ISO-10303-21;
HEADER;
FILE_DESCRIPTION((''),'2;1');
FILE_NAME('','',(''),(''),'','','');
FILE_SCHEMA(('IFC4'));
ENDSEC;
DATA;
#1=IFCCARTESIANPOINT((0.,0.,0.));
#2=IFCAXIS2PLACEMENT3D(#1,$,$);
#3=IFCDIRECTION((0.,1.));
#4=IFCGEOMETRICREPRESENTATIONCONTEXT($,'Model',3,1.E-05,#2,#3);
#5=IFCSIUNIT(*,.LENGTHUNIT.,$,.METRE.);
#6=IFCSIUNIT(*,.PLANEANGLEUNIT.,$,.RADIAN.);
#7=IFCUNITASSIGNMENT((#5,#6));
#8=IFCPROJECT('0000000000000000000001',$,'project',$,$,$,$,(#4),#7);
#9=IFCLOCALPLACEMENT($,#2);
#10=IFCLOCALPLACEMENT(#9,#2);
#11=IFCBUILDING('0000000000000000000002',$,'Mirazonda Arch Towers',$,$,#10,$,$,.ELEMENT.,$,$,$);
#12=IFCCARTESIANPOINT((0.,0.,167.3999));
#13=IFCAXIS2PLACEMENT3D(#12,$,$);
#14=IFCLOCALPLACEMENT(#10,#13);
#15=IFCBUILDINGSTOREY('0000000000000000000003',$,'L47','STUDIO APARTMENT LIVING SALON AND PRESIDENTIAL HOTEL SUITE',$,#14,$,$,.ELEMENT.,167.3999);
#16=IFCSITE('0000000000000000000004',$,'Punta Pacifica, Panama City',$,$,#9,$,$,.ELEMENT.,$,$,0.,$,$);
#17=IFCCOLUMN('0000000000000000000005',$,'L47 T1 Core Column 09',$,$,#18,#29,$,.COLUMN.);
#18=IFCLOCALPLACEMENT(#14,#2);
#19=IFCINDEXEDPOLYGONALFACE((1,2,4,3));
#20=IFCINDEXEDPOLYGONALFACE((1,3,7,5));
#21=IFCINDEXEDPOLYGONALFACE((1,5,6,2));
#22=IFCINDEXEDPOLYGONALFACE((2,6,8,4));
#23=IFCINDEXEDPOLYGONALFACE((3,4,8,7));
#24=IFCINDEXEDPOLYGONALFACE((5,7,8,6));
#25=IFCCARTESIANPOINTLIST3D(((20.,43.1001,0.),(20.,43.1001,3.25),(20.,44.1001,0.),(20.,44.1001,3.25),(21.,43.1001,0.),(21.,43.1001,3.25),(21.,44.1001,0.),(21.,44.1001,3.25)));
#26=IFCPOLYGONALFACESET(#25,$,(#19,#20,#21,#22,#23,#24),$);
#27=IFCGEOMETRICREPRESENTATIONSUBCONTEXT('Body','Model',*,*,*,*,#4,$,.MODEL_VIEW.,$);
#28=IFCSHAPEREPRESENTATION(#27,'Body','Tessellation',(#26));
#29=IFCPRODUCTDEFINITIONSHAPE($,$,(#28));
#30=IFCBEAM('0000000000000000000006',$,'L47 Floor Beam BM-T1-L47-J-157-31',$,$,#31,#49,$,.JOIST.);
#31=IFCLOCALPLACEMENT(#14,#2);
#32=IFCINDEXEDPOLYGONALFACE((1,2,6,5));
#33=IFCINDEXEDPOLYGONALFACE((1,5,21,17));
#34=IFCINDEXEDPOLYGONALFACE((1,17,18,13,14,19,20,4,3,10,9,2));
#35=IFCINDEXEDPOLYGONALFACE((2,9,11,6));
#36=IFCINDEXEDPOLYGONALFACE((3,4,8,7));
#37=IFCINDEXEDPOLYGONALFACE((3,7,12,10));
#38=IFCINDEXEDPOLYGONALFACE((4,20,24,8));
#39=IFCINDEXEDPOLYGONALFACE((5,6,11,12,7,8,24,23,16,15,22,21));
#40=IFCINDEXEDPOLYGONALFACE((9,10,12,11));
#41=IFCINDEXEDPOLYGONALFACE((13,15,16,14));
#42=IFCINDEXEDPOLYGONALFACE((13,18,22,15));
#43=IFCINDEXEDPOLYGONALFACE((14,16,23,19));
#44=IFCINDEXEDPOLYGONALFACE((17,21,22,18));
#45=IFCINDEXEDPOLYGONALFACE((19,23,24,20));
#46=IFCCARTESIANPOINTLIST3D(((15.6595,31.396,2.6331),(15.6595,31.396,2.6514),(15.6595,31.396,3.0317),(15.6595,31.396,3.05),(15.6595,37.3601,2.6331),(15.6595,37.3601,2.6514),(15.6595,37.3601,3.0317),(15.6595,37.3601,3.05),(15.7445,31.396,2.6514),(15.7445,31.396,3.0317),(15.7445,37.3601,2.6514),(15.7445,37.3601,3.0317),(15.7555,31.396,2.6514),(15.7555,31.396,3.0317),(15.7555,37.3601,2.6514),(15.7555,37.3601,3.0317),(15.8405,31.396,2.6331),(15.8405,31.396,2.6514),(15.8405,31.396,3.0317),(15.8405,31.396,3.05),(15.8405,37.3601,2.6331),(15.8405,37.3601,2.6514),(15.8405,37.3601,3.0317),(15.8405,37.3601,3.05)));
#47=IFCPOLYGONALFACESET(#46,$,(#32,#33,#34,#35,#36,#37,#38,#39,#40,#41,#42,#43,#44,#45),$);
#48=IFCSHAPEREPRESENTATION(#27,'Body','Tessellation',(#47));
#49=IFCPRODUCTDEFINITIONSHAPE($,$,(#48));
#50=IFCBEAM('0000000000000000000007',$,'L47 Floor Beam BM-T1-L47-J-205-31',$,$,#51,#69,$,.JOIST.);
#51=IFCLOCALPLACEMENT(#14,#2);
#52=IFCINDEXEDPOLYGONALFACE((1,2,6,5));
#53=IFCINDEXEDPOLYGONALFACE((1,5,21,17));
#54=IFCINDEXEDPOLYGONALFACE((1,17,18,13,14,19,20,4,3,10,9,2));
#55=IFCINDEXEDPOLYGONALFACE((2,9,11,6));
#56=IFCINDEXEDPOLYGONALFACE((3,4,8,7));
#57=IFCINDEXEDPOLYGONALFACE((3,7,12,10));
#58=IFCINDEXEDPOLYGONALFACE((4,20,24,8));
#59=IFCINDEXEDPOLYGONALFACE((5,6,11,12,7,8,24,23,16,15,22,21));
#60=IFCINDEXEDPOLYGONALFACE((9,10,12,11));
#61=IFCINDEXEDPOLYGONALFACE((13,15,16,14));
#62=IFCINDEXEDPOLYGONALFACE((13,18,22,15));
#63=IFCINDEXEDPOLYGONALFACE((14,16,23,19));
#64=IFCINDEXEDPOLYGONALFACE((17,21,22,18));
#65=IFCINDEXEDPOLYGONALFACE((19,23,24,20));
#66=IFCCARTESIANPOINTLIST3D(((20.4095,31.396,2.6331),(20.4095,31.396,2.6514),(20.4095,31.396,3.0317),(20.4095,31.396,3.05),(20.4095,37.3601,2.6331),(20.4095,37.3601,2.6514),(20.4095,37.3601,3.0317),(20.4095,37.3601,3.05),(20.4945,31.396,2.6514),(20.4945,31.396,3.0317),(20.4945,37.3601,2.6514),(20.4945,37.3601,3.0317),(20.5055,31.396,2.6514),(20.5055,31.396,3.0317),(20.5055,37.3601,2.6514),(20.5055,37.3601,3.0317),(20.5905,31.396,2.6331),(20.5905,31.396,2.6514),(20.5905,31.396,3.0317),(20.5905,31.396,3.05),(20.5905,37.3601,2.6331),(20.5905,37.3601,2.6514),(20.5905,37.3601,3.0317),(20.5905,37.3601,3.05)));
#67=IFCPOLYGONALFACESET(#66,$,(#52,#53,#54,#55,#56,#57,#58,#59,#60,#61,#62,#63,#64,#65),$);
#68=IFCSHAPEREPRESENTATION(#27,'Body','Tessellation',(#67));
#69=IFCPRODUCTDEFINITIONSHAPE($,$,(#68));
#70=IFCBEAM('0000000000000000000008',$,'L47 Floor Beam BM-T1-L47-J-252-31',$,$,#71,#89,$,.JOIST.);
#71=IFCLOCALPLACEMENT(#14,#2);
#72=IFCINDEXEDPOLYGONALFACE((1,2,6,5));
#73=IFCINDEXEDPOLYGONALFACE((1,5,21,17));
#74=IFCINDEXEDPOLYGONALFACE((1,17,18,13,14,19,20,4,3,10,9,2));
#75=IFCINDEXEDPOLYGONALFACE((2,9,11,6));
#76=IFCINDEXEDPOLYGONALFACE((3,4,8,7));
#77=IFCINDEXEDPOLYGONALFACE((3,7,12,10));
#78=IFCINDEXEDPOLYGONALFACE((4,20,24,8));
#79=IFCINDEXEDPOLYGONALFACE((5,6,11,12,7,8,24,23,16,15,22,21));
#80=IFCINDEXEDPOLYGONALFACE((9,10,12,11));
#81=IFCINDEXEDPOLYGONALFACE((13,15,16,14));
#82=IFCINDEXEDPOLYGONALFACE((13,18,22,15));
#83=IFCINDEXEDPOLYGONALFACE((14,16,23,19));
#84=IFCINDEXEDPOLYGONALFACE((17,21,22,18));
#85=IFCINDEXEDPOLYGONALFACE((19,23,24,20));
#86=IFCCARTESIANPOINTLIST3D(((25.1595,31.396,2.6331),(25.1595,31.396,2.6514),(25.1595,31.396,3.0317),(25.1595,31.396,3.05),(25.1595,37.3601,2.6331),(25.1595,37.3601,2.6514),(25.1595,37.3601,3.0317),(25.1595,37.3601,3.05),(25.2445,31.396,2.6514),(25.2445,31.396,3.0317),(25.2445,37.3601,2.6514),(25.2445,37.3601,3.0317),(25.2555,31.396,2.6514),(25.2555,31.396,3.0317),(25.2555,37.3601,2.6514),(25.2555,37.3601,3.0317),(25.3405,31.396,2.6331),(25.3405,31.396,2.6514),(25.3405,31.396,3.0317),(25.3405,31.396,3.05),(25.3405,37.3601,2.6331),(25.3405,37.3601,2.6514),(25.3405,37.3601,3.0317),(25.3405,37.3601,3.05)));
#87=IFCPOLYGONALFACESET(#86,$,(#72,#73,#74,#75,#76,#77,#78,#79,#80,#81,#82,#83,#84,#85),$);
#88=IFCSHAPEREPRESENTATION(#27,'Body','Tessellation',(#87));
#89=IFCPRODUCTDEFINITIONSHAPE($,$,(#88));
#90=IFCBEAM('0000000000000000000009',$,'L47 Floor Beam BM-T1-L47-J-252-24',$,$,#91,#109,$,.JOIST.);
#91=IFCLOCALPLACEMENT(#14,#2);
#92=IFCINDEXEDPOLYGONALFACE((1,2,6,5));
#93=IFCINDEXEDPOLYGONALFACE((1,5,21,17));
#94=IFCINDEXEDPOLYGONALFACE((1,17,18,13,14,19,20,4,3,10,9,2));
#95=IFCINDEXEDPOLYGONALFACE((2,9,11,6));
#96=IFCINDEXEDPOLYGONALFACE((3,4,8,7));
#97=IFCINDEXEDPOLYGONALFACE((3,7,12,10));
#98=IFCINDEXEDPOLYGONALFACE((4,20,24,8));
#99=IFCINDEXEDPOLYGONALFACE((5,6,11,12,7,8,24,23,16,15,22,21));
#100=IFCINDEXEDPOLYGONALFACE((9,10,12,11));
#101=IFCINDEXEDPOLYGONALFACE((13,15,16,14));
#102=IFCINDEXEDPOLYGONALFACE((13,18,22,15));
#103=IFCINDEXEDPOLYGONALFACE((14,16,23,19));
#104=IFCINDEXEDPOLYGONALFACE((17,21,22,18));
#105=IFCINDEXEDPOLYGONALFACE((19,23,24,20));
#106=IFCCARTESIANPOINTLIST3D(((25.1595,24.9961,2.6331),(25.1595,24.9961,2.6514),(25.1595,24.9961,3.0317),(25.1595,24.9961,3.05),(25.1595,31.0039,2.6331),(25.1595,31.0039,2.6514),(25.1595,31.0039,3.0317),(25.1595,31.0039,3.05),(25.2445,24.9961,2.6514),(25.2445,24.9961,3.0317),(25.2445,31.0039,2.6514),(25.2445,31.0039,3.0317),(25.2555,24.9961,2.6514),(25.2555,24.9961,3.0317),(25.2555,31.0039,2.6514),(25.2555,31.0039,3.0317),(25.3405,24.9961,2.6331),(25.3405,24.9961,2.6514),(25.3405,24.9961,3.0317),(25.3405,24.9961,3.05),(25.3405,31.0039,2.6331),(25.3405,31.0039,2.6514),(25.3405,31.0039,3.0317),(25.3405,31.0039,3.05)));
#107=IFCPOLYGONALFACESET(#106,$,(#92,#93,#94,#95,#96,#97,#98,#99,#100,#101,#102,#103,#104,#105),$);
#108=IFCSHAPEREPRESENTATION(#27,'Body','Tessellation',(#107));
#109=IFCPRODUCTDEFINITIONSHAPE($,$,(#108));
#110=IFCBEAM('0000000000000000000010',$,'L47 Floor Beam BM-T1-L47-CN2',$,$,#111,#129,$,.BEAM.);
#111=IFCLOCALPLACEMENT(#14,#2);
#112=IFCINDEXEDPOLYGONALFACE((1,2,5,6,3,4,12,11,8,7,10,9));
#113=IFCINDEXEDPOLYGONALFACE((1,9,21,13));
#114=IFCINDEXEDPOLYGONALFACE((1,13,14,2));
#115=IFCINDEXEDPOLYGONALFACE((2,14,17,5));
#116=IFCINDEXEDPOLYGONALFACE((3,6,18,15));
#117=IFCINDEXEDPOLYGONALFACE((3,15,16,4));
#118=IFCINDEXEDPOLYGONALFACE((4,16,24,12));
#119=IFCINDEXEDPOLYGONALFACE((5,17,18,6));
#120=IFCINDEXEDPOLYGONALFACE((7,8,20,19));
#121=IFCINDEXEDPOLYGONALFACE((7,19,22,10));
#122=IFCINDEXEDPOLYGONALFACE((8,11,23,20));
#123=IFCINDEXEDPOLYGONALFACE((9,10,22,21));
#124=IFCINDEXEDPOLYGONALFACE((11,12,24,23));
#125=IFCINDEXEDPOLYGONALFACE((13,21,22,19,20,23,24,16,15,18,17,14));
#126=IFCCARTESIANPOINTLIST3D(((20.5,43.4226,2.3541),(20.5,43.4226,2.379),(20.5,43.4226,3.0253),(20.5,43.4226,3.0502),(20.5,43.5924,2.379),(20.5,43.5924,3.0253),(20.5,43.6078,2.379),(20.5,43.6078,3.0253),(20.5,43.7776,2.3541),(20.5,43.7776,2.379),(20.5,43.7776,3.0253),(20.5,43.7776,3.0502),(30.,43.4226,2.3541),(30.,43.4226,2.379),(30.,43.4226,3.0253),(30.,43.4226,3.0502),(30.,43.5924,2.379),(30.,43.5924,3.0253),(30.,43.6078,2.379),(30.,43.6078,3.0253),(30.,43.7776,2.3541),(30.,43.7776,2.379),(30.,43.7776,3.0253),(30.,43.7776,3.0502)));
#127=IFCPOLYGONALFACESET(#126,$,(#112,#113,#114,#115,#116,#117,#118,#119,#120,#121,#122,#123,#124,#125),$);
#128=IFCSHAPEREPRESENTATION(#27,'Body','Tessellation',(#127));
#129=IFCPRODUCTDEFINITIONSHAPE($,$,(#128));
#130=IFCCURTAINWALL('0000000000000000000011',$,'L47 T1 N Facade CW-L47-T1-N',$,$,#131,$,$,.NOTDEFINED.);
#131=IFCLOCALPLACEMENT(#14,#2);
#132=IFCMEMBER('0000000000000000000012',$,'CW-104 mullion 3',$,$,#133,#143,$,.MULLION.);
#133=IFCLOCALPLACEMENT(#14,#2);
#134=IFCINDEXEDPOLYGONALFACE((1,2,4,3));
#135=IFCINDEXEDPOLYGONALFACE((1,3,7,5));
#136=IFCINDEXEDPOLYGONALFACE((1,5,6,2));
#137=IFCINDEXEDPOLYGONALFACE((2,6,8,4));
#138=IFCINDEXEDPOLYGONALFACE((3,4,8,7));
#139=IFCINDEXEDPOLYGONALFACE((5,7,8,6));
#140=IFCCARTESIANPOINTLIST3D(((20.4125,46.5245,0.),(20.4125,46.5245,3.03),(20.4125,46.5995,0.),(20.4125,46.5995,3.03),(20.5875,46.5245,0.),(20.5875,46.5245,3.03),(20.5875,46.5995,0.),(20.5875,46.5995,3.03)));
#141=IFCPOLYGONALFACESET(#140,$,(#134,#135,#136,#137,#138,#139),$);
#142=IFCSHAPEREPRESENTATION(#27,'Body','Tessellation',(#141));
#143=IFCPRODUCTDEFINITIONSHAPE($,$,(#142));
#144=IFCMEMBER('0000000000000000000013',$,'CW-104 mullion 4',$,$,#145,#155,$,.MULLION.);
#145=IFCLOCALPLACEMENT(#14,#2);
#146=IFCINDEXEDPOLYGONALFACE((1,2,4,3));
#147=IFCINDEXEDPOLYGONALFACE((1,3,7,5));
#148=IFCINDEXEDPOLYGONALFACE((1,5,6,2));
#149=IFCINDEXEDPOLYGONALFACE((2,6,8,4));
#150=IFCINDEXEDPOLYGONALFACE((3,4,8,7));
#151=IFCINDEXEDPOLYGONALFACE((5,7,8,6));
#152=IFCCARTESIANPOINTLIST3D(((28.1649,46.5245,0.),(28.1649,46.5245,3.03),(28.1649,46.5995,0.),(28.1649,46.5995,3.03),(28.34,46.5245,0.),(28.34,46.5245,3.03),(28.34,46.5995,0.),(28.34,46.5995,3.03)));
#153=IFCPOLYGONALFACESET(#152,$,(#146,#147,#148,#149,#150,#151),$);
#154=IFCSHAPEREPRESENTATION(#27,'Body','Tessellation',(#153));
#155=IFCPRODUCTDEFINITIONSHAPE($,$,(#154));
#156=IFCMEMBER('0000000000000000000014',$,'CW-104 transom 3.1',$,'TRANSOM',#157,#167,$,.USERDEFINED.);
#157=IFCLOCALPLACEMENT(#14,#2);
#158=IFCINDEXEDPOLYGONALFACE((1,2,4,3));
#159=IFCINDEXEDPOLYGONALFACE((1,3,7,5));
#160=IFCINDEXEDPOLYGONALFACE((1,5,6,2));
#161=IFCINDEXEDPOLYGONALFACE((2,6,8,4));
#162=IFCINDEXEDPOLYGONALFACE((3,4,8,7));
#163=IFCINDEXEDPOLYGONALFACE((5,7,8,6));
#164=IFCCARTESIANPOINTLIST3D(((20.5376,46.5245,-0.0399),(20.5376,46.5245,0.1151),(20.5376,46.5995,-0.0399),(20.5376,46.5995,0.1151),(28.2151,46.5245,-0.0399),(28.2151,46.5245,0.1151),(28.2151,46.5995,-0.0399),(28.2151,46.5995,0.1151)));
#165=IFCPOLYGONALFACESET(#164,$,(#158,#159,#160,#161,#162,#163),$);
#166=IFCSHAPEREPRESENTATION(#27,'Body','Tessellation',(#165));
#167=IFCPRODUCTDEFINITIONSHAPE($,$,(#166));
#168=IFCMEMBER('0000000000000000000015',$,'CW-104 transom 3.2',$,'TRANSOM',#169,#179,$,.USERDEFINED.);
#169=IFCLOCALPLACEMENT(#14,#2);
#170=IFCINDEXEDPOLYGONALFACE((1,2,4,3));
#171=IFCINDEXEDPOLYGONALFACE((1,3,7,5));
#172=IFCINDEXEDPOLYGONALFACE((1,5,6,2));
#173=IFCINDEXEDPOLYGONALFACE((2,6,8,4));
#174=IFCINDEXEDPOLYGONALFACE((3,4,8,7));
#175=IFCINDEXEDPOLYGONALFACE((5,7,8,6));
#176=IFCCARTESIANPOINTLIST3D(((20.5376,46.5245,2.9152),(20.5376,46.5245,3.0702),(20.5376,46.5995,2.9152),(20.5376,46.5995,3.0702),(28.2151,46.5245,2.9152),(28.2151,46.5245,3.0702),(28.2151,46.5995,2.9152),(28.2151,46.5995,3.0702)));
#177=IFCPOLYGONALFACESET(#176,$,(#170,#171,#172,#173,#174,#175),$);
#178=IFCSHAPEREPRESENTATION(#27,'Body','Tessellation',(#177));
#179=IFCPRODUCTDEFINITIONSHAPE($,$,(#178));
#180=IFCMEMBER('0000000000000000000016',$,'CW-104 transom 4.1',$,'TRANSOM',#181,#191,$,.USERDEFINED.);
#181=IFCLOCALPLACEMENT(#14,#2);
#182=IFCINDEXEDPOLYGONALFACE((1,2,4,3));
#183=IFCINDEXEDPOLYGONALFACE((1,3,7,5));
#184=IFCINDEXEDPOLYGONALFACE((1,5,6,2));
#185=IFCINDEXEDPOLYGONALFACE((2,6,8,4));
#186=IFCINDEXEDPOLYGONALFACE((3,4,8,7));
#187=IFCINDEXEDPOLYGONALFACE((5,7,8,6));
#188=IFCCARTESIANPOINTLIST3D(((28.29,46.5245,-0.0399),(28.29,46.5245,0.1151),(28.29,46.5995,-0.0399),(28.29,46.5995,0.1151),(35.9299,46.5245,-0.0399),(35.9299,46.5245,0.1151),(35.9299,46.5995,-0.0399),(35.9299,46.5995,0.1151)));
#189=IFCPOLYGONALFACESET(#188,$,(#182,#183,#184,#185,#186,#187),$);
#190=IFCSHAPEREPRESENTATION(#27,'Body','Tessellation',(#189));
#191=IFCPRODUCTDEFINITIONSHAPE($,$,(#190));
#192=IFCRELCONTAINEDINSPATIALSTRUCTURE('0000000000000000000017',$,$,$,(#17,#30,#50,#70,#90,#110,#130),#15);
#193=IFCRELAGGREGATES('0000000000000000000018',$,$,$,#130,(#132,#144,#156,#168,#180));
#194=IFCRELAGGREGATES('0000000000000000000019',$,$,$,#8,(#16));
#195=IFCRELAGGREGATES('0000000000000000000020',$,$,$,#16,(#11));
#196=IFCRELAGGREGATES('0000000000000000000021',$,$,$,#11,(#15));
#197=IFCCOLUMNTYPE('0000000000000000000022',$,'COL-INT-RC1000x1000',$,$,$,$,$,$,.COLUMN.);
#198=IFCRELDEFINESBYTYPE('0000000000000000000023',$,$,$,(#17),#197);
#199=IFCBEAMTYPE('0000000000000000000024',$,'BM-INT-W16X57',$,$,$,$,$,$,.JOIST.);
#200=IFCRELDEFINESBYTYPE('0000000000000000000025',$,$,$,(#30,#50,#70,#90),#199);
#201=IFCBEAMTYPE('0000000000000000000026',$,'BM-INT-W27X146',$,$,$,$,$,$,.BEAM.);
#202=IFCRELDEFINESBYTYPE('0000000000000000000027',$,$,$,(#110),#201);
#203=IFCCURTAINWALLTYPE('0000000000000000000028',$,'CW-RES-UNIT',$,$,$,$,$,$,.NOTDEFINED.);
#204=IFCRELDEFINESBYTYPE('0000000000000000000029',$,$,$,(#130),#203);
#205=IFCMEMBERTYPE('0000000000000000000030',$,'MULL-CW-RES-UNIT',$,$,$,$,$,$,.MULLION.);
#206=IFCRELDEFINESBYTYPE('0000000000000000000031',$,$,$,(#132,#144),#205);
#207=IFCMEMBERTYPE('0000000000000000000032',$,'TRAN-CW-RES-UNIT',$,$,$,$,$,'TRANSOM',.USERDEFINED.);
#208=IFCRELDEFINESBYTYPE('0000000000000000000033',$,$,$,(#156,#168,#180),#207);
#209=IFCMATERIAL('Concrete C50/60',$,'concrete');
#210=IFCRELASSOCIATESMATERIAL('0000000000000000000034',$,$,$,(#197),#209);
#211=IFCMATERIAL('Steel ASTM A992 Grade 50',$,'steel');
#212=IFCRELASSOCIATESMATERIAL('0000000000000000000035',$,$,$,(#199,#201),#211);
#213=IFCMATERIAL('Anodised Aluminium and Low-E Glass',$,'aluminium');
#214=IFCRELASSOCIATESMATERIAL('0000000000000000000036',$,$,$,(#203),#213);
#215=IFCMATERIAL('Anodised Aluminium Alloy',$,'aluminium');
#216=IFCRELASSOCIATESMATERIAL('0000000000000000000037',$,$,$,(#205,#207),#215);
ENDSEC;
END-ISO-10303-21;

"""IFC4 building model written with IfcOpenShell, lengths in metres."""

from ifc_helpers import new_model, si_unit, direction, frame, origin, origin_2d, place, context, subcontext, project, spatial, rectangle, i_section, extrude, material, material_profile, profile_set, type_object, element, aggregate, save


model = new_model("IFC4")

# Units and contexts
model_context = context("Model", 3, precision=1e-05, world=origin(), true_north=direction((0.0, 1.0)))
body_context = subcontext(model_context, "Body", "Model", "MODEL_VIEW")
ifc_project = project(units=[si_unit("LENGTHUNIT", "METRE"), si_unit("PLANEANGLEUNIT", "RADIAN")], contexts=[model_context])

# Site, building, storey
site_placement = place(None, origin())
site = spatial("IfcSite", under=ifc_project, at=site_placement, Name="Punta Pacifica, Panama City", CompositionType="ELEMENT", RefElevation=0.0)
building_placement = place(site_placement, origin())
building = spatial("IfcBuilding", under=site, at=building_placement, Name="Mirazonda Arch Towers", CompositionType="ELEMENT")
storey_placement = place(building_placement, frame((0.0, 0.0, 167.3999)))
storey = spatial("IfcBuildingStorey", under=building, at=storey_placement, Name="L47", Description="STUDIO APARTMENT LIVING SALON AND PRESIDENTIAL HOTEL SUITE", CompositionType="ELEMENT", Elevation=167.3999)

# Column
ifc_material_1 = material(Name="Concrete C50/60", Category="concrete")
ifc_material_profile_1 = material_profile(ifc_material_1, rectangle(XDim=1.0, YDim=1.0, at=origin_2d()), Name="RC1000x1000")
ifc_profile_set_1 = profile_set([ifc_material_profile_1], Name="Concrete C50/60")
column_type = type_object("IfcColumnType", Name="COL-INT-RC1000x1000", PredefinedType="COLUMN", material=ifc_profile_set_1)
column_placement = place(storey_placement, frame((20.5, 43.6001, 0.0), z_axis=(0.0, 0.0, 1.0), x_axis=(1.0, 0.0, 0.0)))
element("IfcColumn", 1, at=column_placement, inside=storey, type_object=column_type, Name="L47 T1 Core Column 09", PredefinedType="COLUMN", context=body_context, shape_type="SweptSolid", body=[
    extrude(rectangle(XDim=1.0, YDim=1.0, at=origin_2d()), origin(), (0.0, 0.0, 1.0), 3.25),
])

# Beams
ifc_material_2 = material(Name="Steel ASTM A992 Grade 50", Category="steel")
ifc_material_profile_2 = material_profile(ifc_material_2, i_section(OverallWidth=0.1809, OverallDepth=0.417, WebThickness=0.011, FlangeThickness=0.0183, at=origin_2d()), Name="W16X57")
ifc_profile_set_2 = profile_set([ifc_material_profile_2], Name="Steel ASTM A992 Grade 50")
beam_type_1 = type_object("IfcBeamType", Name="BM-INT-W16X57", PredefinedType="JOIST", material=ifc_profile_set_2)
for number, where, z_axis, x_axis, name in (
    (2, (15.75, 31.396, 2.8416), (0.0, 1.0, 0.0), (-1.0, 0.0, 0.0), "L47 Floor Beam BM-T1-L47-J-157-31"),
    (3, (20.5, 31.396, 2.8416), (0.0, 1.0, 0.0), (-1.0, 0.0, 0.0), "L47 Floor Beam BM-T1-L47-J-205-31"),
    (4, (25.25, 31.396, 2.8416), (0.0, 1.0, 0.0), (-1.0, 0.0, 0.0), "L47 Floor Beam BM-T1-L47-J-252-31"),
):
    element("IfcBeam", number, at=place(storey_placement, frame(where, z_axis=z_axis, x_axis=x_axis)), inside=storey, type_object=beam_type_1, Name=name, PredefinedType="JOIST", context=body_context, shape_type="SweptSolid", body=[
        extrude(i_section(OverallWidth=0.1809, OverallDepth=0.417, WebThickness=0.011, FlangeThickness=0.0183, at=origin_2d()), origin(), (0.0, 0.0, 1.0), 5.9641),
    ])
beam_1_placement = place(storey_placement, frame((25.25, 24.9961, 2.8416), z_axis=(0.0, 1.0, 0.0), x_axis=(-1.0, 0.0, 0.0)))
element("IfcBeam", 5, at=beam_1_placement, inside=storey, type_object=beam_type_1, Name="L47 Floor Beam BM-T1-L47-J-252-24", PredefinedType="JOIST", context=body_context, shape_type="SweptSolid", body=[
    extrude(i_section(OverallWidth=0.1809, OverallDepth=0.417, WebThickness=0.011, FlangeThickness=0.0183, at=origin_2d()), origin(), (0.0, 0.0, 1.0), 6.0078),
])
ifc_material_profile_3 = material_profile(ifc_material_2, i_section(OverallWidth=0.355, OverallDepth=0.696, WebThickness=0.0154, FlangeThickness=0.0249, at=origin_2d()), Name="W27X146")
ifc_profile_set_3 = profile_set([ifc_material_profile_3], Name="Steel ASTM A992 Grade 50")
beam_type_2 = type_object("IfcBeamType", Name="BM-INT-W27X146", PredefinedType="BEAM", material=ifc_profile_set_3)
beam_2_placement = place(storey_placement, frame((20.5, 43.6001, 2.7021), z_axis=(1.0, 0.0, 0.0), x_axis=(0.0, 1.0, 0.0)))
element("IfcBeam", 6, at=beam_2_placement, inside=storey, type_object=beam_type_2, Name="L47 Floor Beam BM-T1-L47-CN2", PredefinedType="BEAM", context=body_context, shape_type="SweptSolid", body=[
    extrude(i_section(OverallWidth=0.355, OverallDepth=0.696, WebThickness=0.0154, FlangeThickness=0.0249, at=origin_2d()), origin(), (0.0, 0.0, 1.0), 9.5),
])

# Curtain wall, members
ifc_material_3 = material(Name="Anodised Aluminium and Low-E Glass", Category="aluminium")
curtain_wall_type = type_object("IfcCurtainWallType", Name="CW-RES-UNIT", PredefinedType="NOTDEFINED", material=ifc_material_3)
curtain_wall_placement = place(storey_placement, origin())
curtain_wall = element("IfcCurtainWall", 7, at=curtain_wall_placement, inside=storey, type_object=curtain_wall_type, Name="L47 T1 N Facade CW-L47-T1-N", PredefinedType="NOTDEFINED")
ifc_material_4 = material(Name="Anodised Aluminium Alloy", Category="aluminium")
ifc_material_profile_4 = material_profile(ifc_material_4, rectangle(XDim=0.075, YDim=0.175, at=origin_2d()), Name="ALU-MULL-75x175")
ifc_profile_set_4 = profile_set([ifc_material_profile_4], Name="Anodised Aluminium Alloy")
member_type_1 = type_object("IfcMemberType", Name="MULL-CW-RES-UNIT", PredefinedType="MULLION", material=ifc_profile_set_4)
member_1_placement = place(storey_placement, frame((20.5, 46.562, 0.0), z_axis=(0.0, 0.0, 1.0), x_axis=(0.0, 1.0, 0.0)))
member_1 = element("IfcMember", 8, at=member_1_placement, type_object=member_type_1, Name="CW-104 mullion 3", PredefinedType="MULLION", context=body_context, shape_type="SweptSolid", body=[
    extrude(rectangle(XDim=0.075, YDim=0.175, at=origin_2d()), origin(), (0.0, 0.0, 1.0), 3.03),
])
member_2_placement = place(storey_placement, frame((28.2524, 46.562, 0.0), z_axis=(0.0, 0.0, 1.0), x_axis=(0.0, 1.0, 0.0)))
member_2 = element("IfcMember", 9, at=member_2_placement, type_object=member_type_1, Name="CW-104 mullion 4", PredefinedType="MULLION", context=body_context, shape_type="SweptSolid", body=[
    extrude(rectangle(XDim=0.075, YDim=0.175, at=origin_2d()), origin(), (0.0, 0.0, 1.0), 3.03),
])
ifc_material_profile_5 = material_profile(ifc_material_4, rectangle(XDim=0.075, YDim=0.155, at=origin_2d()), Name="ALU-TRAN-75x155")
ifc_profile_set_5 = profile_set([ifc_material_profile_5], Name="Anodised Aluminium Alloy")
member_type_2 = type_object("IfcMemberType", Name="TRAN-CW-RES-UNIT", ElementType="TRANSOM", PredefinedType="USERDEFINED", material=ifc_profile_set_5)
member_3_placement = place(storey_placement, frame((20.5376, 46.562, 0.0376), z_axis=(1.0, 0.0, 0.0), x_axis=(0.0, 1.0, 0.0)))
member_3 = element("IfcMember", 10, at=member_3_placement, type_object=member_type_2, Name="CW-104 transom 3.1", ObjectType="TRANSOM", PredefinedType="USERDEFINED", context=body_context, shape_type="SweptSolid", body=[
    extrude(rectangle(XDim=0.075, YDim=0.155, at=origin_2d()), origin(), (0.0, 0.0, 1.0), 7.6775),
])
member_4_placement = place(storey_placement, frame((20.5376, 46.562, 2.9927), z_axis=(1.0, 0.0, 0.0), x_axis=(0.0, 1.0, 0.0)))
member_4 = element("IfcMember", 11, at=member_4_placement, type_object=member_type_2, Name="CW-104 transom 3.2", ObjectType="TRANSOM", PredefinedType="USERDEFINED", context=body_context, shape_type="SweptSolid", body=[
    extrude(rectangle(XDim=0.075, YDim=0.155, at=origin_2d()), origin(), (0.0, 0.0, 1.0), 7.6775),
])
member_5_placement = place(storey_placement, frame((28.29, 46.562, 0.0376), z_axis=(1.0, 0.0, 0.0), x_axis=(0.0, 1.0, 0.0)))
member_5 = element("IfcMember", 12, at=member_5_placement, type_object=member_type_2, Name="CW-104 transom 4.1", ObjectType="TRANSOM", PredefinedType="USERDEFINED", context=body_context, shape_type="SweptSolid", body=[
    extrude(rectangle(XDim=0.075, YDim=0.155, at=origin_2d()), origin(), (0.0, 0.0, 1.0), 7.6399),
])
aggregate(curtain_wall, [member_1, member_2, member_3, member_4, member_5])

save(model, "model.ifc")
